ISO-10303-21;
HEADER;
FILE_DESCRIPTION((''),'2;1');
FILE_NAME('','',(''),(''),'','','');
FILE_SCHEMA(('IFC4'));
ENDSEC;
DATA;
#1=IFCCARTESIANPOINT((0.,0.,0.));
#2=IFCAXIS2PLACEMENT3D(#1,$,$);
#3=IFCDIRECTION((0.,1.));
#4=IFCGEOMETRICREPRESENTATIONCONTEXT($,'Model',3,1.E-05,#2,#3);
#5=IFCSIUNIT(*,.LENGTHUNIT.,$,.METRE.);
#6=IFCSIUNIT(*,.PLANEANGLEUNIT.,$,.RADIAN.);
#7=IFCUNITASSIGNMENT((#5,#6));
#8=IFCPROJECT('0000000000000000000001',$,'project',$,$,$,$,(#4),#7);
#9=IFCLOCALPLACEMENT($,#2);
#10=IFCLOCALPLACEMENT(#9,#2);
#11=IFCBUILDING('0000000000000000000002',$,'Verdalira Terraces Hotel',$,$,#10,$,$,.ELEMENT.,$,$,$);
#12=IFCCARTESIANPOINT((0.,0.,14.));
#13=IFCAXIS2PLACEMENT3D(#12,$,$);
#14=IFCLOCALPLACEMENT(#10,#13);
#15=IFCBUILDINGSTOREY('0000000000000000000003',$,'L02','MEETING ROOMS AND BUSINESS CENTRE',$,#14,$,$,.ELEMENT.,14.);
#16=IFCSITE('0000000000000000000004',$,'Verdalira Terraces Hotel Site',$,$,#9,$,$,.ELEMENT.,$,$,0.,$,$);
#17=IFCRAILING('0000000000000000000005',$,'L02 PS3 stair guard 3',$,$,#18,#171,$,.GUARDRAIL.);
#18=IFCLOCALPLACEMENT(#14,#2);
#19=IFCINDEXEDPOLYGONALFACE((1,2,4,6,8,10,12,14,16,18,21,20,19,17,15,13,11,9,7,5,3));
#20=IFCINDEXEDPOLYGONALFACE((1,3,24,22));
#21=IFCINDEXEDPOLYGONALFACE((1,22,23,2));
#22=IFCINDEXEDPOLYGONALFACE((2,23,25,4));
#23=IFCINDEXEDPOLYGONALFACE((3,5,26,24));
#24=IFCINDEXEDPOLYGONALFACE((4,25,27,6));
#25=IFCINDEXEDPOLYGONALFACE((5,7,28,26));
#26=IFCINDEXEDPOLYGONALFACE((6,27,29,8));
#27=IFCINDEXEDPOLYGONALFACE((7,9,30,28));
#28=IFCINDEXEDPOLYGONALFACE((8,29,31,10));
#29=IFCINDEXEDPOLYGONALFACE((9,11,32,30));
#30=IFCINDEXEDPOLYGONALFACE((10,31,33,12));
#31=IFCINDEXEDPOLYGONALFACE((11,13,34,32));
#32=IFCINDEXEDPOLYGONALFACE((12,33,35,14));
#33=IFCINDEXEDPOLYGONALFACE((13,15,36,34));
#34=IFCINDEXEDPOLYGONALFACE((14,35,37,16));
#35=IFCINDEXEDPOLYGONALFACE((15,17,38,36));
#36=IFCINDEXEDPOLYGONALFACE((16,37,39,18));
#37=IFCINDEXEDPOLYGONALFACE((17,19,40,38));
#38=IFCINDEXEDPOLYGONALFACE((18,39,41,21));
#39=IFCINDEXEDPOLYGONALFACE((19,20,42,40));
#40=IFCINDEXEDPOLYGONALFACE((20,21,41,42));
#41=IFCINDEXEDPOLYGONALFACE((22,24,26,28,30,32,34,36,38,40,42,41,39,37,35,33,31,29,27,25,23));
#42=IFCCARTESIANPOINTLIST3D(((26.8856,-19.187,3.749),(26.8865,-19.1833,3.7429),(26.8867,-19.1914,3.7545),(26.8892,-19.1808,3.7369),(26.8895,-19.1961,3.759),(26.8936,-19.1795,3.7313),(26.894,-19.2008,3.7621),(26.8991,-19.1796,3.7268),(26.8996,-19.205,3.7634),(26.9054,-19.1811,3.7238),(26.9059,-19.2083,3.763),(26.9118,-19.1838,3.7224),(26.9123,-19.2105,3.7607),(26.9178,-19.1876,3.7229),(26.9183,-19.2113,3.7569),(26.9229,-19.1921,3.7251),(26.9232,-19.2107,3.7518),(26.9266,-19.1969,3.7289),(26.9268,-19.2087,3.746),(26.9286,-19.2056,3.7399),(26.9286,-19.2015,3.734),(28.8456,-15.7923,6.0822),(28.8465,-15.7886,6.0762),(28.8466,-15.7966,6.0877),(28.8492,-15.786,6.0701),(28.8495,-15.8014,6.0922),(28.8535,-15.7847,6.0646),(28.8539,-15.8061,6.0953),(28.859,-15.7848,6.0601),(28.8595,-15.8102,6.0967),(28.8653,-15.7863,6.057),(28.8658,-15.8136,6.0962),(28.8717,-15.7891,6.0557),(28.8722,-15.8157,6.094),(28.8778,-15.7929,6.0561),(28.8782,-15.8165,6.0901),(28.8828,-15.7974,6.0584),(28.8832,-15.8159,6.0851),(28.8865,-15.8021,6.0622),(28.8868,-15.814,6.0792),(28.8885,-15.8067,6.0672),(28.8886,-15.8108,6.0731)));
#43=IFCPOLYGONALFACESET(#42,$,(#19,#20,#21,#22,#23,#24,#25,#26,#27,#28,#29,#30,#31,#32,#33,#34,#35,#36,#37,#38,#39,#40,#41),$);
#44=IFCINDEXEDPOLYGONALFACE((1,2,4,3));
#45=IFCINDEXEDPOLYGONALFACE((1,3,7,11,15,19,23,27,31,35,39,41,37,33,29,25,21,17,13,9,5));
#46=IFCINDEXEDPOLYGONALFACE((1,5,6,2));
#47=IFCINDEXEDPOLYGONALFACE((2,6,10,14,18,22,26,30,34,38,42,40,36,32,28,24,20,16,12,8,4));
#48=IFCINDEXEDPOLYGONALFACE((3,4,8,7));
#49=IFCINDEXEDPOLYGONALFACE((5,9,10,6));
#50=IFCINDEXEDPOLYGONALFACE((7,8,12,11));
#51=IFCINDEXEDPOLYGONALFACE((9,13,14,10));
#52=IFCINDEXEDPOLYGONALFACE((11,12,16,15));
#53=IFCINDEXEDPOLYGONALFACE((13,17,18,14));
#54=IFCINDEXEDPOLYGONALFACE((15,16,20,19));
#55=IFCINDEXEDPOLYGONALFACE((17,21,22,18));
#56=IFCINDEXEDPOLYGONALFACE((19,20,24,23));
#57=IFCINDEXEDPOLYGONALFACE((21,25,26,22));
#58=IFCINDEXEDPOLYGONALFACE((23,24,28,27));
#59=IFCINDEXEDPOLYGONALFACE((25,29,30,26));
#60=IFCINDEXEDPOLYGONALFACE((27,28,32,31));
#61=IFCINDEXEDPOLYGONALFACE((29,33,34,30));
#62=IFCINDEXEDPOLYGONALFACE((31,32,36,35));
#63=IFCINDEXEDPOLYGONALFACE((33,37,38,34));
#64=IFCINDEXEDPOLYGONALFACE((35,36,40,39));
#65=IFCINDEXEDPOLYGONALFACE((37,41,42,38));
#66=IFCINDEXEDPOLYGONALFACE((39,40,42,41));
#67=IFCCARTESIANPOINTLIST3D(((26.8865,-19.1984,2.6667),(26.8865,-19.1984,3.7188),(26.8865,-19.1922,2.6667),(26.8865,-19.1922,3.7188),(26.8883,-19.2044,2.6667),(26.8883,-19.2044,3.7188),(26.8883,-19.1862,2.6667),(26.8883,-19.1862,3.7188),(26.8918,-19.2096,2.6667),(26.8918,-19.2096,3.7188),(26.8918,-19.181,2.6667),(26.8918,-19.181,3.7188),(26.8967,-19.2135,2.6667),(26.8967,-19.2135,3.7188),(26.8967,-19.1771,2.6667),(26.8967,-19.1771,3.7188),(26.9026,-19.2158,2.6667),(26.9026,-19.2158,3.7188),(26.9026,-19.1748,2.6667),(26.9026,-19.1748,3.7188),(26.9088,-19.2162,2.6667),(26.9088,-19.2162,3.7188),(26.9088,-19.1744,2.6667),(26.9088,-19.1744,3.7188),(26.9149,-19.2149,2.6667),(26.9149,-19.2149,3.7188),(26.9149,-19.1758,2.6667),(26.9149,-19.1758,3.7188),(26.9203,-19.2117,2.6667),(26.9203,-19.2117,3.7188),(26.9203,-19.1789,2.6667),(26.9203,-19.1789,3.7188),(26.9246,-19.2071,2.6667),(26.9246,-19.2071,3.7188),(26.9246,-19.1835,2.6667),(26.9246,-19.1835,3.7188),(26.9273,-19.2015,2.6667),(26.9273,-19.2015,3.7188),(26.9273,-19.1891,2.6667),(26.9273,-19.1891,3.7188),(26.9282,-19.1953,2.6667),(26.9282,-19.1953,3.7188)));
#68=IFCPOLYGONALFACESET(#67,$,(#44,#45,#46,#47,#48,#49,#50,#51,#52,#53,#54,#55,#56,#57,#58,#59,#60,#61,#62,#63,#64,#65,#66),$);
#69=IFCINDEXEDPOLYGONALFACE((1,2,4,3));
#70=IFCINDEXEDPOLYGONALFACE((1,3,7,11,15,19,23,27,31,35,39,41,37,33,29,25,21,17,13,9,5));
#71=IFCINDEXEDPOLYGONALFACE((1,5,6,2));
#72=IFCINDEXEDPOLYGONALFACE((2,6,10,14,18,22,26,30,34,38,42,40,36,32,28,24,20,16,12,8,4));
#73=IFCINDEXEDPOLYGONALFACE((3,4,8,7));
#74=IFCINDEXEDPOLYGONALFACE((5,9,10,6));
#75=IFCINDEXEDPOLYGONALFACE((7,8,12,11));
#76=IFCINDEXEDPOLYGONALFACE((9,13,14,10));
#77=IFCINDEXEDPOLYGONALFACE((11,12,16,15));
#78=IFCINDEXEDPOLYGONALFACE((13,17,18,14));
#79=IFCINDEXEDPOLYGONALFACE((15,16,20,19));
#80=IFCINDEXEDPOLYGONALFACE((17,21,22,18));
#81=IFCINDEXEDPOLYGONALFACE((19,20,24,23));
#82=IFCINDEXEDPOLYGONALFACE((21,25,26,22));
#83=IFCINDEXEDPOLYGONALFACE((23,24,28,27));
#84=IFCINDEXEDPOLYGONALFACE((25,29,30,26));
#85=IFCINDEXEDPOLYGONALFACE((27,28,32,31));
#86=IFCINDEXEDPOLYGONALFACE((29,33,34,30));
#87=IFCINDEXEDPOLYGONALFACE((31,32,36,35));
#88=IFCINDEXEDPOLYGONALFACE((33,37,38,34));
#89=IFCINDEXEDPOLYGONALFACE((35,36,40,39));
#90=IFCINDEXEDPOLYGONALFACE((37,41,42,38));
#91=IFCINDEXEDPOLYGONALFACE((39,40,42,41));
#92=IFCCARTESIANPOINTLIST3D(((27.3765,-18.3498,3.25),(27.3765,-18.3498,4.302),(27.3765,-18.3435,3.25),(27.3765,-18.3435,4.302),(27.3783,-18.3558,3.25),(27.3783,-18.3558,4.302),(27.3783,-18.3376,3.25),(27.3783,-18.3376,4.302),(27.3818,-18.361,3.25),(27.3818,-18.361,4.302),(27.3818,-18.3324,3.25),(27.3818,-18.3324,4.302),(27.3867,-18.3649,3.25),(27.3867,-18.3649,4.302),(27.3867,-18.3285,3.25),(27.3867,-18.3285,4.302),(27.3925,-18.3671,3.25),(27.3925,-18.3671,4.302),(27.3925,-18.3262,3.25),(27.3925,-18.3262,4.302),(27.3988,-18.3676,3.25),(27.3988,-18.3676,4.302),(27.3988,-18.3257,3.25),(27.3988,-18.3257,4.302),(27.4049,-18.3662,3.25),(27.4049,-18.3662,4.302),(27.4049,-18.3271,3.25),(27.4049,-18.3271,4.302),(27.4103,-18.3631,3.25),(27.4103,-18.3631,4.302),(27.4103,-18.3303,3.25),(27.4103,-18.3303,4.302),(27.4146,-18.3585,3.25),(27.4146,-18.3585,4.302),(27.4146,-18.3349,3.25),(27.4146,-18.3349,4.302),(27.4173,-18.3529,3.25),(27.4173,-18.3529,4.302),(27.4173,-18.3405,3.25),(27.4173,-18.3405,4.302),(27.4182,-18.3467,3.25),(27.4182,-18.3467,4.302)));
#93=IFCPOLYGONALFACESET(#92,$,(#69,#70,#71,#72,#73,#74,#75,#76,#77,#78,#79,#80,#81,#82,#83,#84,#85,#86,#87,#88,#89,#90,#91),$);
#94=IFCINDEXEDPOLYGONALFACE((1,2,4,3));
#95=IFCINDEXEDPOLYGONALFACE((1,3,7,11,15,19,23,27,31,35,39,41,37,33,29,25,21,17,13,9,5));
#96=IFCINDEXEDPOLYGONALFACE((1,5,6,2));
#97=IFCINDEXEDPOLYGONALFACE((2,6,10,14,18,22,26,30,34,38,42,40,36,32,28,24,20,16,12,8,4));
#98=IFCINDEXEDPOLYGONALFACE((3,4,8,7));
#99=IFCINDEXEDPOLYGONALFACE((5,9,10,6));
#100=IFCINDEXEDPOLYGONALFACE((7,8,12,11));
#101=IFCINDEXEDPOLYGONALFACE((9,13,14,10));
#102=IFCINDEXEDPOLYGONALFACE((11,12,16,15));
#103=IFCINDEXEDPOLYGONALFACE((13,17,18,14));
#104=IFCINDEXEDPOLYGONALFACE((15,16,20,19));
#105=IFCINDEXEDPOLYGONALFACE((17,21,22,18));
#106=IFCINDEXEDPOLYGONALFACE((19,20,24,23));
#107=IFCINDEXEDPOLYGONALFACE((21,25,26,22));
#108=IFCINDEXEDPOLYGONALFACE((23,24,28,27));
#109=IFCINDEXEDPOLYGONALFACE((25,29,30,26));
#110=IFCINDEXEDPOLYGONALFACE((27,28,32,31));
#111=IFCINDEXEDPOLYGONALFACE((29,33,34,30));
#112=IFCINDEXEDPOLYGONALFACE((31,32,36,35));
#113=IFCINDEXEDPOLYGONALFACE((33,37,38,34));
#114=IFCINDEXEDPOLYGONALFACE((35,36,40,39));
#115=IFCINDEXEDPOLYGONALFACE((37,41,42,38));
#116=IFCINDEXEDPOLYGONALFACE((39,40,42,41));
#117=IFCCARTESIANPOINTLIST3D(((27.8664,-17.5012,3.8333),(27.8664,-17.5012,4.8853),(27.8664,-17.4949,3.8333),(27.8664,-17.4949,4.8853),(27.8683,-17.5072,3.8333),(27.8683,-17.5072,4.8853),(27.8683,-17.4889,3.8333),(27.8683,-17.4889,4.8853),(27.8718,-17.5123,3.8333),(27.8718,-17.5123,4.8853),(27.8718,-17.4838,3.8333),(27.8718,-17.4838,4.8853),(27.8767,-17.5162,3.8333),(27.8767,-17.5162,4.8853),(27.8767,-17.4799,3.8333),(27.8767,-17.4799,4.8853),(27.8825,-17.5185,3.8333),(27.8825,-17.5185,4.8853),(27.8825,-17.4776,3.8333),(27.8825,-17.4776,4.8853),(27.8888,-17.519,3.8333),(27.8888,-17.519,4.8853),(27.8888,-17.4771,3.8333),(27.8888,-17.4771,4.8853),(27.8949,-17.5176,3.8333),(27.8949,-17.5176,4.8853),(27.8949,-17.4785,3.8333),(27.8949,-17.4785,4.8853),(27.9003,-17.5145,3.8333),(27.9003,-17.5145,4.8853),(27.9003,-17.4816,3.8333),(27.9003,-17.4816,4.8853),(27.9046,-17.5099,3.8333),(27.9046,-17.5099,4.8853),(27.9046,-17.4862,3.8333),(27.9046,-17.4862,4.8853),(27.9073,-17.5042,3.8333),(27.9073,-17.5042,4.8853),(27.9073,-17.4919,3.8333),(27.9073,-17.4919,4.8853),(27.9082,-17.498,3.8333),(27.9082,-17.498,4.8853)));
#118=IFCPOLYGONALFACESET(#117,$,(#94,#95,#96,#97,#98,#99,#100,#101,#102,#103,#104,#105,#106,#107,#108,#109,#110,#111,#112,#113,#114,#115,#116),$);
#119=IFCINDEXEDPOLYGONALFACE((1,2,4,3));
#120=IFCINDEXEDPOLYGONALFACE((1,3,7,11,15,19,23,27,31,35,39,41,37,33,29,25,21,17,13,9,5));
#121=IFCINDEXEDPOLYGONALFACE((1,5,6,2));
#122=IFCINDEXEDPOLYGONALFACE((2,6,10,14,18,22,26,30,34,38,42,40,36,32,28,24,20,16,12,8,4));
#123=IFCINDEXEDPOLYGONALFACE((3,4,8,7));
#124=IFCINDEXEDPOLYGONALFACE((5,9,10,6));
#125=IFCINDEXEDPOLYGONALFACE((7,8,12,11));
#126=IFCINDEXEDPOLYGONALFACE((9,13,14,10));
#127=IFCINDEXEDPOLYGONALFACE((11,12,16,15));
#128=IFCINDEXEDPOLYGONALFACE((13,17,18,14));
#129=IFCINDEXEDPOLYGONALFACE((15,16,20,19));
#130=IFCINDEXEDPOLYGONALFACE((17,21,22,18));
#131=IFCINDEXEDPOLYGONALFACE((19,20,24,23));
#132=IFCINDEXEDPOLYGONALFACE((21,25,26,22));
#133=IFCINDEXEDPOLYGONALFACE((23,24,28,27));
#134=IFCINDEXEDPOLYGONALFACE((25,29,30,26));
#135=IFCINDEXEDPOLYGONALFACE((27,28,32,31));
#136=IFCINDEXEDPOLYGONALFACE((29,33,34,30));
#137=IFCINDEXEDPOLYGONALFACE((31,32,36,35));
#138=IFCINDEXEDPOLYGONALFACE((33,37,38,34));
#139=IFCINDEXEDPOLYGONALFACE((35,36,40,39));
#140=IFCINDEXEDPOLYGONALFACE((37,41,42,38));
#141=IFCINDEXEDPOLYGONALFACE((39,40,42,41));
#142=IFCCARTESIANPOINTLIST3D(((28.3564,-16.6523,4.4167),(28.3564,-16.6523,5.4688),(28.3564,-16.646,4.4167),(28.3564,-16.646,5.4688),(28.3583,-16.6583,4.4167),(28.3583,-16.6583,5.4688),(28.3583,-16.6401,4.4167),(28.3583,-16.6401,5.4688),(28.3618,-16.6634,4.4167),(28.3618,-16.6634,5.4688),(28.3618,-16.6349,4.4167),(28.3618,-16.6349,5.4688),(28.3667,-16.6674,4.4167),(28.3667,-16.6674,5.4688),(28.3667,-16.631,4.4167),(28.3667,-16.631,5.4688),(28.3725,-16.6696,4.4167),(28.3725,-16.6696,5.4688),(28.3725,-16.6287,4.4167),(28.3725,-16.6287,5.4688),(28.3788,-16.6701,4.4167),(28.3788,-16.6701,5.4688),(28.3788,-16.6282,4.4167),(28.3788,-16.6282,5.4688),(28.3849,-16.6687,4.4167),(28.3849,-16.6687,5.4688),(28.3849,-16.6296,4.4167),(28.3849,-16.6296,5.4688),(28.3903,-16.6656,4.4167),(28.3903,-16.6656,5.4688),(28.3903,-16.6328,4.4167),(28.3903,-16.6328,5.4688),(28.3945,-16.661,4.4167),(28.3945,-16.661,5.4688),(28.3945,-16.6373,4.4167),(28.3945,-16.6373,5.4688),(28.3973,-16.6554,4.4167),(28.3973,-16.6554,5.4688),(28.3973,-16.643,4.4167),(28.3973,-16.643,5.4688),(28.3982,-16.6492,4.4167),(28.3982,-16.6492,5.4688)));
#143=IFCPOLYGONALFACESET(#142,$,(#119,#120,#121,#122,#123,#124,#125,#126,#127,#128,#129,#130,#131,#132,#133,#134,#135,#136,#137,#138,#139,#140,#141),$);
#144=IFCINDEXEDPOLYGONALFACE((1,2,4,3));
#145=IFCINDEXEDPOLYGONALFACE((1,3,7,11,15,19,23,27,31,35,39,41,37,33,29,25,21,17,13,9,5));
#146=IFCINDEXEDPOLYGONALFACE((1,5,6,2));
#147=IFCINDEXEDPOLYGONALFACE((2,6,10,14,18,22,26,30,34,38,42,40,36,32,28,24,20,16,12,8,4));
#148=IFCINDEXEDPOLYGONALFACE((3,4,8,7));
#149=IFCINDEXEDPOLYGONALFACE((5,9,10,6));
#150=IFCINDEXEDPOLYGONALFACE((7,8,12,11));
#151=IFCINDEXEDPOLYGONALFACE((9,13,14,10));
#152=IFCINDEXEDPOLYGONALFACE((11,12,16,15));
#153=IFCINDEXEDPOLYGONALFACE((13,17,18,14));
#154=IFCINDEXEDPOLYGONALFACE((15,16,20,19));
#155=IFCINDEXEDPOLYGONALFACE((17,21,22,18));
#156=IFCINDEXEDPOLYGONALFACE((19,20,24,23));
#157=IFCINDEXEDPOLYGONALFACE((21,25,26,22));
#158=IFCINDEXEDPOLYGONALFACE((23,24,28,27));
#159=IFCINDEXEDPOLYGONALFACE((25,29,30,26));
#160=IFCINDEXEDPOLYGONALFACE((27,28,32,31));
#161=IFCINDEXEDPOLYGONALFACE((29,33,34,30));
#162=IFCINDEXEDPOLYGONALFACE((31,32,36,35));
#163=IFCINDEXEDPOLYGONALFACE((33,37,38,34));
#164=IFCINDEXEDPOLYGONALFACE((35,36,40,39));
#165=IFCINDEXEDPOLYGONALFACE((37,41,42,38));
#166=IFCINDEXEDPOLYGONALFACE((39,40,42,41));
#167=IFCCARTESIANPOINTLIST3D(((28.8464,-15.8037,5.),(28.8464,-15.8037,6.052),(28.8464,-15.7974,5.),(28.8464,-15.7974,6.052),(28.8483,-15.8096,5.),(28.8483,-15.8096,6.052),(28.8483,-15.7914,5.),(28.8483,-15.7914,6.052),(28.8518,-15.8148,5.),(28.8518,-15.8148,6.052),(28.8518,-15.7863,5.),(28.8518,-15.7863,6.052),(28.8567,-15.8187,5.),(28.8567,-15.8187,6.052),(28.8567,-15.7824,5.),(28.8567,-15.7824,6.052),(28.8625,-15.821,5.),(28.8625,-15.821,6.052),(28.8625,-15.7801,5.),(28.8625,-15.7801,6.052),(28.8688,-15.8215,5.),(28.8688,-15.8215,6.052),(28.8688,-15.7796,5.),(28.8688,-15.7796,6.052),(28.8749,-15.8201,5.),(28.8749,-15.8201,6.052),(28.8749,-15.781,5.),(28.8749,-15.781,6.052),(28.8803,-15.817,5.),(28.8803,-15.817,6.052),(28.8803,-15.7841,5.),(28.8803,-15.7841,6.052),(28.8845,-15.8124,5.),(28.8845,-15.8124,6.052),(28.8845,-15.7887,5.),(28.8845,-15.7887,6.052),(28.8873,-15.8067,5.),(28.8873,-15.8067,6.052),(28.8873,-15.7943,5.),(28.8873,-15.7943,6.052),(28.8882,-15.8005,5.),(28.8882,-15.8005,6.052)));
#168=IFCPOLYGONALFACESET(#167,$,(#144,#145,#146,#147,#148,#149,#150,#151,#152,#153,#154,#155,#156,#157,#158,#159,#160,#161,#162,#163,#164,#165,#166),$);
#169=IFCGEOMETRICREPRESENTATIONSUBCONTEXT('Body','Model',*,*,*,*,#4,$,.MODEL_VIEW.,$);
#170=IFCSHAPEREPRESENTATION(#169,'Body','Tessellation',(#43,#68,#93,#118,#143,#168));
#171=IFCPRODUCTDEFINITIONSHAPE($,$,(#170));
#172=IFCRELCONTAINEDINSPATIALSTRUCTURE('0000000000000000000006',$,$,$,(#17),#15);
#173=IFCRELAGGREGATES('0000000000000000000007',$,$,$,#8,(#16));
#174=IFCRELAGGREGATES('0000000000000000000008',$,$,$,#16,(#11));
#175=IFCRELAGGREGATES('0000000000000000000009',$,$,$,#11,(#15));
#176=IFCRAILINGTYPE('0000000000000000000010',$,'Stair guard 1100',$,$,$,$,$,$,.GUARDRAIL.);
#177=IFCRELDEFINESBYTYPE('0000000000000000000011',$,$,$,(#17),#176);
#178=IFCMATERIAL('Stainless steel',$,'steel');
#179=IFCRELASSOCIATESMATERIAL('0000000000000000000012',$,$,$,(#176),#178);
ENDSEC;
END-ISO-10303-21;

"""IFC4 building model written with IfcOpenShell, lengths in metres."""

from ifc_helpers import new_model, si_unit, direction, frame, origin, origin_2d, place, context, subcontext, project, spatial, circle, extrude, material, type_object, element, save


model = new_model("IFC4")

# Units and contexts
model_context = context("Model", 3, precision=1e-05, world=origin(), true_north=direction((0.0, 1.0)))
body_context = subcontext(model_context, "Body", "Model", "MODEL_VIEW")
ifc_project = project(units=[si_unit("LENGTHUNIT", "METRE"), si_unit("PLANEANGLEUNIT", "RADIAN")], contexts=[model_context])

# Site, building, storey
site_placement = place(None, origin())
site = spatial("IfcSite", under=ifc_project, at=site_placement, Name="Verdalira Terraces Hotel Site", CompositionType="ELEMENT", RefElevation=0.0)
building_placement = place(site_placement, origin())
building = spatial("IfcBuilding", under=site, at=building_placement, Name="Verdalira Terraces Hotel", CompositionType="ELEMENT")
storey_placement = place(building_placement, frame((0.0, 0.0, 14.0)))
storey = spatial("IfcBuildingStorey", under=building, at=storey_placement, Name="L02", Description="MEETING ROOMS AND BUSINESS CENTRE", CompositionType="ELEMENT", Elevation=14.0)

# Railing
ifc_material_1 = material(Name="Stainless steel", Category="steel")
railing_type_1 = type_object("IfcRailingType", Name="Stair guard 1100", PredefinedType="GUARDRAIL", material=ifc_material_1)
railing_1_placement = place(storey_placement, frame((26.9072, -19.1953, 2.6667)))
element("IfcRailing", 1, at=railing_1_placement, inside=storey, type_object=railing_type_1, Name="L02 PS3 stair guard 3", PredefinedType="GUARDRAIL", context=body_context, shape_type="SweptSolid", body=[
    extrude(circle(Radius=0.0239, at=origin_2d()), frame((0.0, 0.0, 1.0762), z_axis=(0.429646, 0.744175, 0.511476), x_axis=(-0.866027, 0.499997, 0.0)), (0.0, 0.0, 1.0), 4.5618),
    extrude(circle(Radius=0.021, at=origin_2d()), origin(), (0.0, 0.0, 1.0), 1.052),
    extrude(circle(Radius=0.021, at=origin_2d()), frame((0.49, 0.8486, 0.5833)), (0.0, 0.0, 1.0), 1.052),
    extrude(circle(Radius=0.021, at=origin_2d()), frame((0.98, 1.6973, 1.1665)), (0.0, 0.0, 1.0), 1.052),
    extrude(circle(Radius=0.021, at=origin_2d()), frame((1.47, 2.5461, 1.75)), (0.0, 0.0, 1.0), 1.052),
    extrude(circle(Radius=0.021, at=origin_2d()), frame((1.96, 3.3948, 2.3333)), (0.0, 0.0, 1.0), 1.052),
])

save(model, "model.ifc")
